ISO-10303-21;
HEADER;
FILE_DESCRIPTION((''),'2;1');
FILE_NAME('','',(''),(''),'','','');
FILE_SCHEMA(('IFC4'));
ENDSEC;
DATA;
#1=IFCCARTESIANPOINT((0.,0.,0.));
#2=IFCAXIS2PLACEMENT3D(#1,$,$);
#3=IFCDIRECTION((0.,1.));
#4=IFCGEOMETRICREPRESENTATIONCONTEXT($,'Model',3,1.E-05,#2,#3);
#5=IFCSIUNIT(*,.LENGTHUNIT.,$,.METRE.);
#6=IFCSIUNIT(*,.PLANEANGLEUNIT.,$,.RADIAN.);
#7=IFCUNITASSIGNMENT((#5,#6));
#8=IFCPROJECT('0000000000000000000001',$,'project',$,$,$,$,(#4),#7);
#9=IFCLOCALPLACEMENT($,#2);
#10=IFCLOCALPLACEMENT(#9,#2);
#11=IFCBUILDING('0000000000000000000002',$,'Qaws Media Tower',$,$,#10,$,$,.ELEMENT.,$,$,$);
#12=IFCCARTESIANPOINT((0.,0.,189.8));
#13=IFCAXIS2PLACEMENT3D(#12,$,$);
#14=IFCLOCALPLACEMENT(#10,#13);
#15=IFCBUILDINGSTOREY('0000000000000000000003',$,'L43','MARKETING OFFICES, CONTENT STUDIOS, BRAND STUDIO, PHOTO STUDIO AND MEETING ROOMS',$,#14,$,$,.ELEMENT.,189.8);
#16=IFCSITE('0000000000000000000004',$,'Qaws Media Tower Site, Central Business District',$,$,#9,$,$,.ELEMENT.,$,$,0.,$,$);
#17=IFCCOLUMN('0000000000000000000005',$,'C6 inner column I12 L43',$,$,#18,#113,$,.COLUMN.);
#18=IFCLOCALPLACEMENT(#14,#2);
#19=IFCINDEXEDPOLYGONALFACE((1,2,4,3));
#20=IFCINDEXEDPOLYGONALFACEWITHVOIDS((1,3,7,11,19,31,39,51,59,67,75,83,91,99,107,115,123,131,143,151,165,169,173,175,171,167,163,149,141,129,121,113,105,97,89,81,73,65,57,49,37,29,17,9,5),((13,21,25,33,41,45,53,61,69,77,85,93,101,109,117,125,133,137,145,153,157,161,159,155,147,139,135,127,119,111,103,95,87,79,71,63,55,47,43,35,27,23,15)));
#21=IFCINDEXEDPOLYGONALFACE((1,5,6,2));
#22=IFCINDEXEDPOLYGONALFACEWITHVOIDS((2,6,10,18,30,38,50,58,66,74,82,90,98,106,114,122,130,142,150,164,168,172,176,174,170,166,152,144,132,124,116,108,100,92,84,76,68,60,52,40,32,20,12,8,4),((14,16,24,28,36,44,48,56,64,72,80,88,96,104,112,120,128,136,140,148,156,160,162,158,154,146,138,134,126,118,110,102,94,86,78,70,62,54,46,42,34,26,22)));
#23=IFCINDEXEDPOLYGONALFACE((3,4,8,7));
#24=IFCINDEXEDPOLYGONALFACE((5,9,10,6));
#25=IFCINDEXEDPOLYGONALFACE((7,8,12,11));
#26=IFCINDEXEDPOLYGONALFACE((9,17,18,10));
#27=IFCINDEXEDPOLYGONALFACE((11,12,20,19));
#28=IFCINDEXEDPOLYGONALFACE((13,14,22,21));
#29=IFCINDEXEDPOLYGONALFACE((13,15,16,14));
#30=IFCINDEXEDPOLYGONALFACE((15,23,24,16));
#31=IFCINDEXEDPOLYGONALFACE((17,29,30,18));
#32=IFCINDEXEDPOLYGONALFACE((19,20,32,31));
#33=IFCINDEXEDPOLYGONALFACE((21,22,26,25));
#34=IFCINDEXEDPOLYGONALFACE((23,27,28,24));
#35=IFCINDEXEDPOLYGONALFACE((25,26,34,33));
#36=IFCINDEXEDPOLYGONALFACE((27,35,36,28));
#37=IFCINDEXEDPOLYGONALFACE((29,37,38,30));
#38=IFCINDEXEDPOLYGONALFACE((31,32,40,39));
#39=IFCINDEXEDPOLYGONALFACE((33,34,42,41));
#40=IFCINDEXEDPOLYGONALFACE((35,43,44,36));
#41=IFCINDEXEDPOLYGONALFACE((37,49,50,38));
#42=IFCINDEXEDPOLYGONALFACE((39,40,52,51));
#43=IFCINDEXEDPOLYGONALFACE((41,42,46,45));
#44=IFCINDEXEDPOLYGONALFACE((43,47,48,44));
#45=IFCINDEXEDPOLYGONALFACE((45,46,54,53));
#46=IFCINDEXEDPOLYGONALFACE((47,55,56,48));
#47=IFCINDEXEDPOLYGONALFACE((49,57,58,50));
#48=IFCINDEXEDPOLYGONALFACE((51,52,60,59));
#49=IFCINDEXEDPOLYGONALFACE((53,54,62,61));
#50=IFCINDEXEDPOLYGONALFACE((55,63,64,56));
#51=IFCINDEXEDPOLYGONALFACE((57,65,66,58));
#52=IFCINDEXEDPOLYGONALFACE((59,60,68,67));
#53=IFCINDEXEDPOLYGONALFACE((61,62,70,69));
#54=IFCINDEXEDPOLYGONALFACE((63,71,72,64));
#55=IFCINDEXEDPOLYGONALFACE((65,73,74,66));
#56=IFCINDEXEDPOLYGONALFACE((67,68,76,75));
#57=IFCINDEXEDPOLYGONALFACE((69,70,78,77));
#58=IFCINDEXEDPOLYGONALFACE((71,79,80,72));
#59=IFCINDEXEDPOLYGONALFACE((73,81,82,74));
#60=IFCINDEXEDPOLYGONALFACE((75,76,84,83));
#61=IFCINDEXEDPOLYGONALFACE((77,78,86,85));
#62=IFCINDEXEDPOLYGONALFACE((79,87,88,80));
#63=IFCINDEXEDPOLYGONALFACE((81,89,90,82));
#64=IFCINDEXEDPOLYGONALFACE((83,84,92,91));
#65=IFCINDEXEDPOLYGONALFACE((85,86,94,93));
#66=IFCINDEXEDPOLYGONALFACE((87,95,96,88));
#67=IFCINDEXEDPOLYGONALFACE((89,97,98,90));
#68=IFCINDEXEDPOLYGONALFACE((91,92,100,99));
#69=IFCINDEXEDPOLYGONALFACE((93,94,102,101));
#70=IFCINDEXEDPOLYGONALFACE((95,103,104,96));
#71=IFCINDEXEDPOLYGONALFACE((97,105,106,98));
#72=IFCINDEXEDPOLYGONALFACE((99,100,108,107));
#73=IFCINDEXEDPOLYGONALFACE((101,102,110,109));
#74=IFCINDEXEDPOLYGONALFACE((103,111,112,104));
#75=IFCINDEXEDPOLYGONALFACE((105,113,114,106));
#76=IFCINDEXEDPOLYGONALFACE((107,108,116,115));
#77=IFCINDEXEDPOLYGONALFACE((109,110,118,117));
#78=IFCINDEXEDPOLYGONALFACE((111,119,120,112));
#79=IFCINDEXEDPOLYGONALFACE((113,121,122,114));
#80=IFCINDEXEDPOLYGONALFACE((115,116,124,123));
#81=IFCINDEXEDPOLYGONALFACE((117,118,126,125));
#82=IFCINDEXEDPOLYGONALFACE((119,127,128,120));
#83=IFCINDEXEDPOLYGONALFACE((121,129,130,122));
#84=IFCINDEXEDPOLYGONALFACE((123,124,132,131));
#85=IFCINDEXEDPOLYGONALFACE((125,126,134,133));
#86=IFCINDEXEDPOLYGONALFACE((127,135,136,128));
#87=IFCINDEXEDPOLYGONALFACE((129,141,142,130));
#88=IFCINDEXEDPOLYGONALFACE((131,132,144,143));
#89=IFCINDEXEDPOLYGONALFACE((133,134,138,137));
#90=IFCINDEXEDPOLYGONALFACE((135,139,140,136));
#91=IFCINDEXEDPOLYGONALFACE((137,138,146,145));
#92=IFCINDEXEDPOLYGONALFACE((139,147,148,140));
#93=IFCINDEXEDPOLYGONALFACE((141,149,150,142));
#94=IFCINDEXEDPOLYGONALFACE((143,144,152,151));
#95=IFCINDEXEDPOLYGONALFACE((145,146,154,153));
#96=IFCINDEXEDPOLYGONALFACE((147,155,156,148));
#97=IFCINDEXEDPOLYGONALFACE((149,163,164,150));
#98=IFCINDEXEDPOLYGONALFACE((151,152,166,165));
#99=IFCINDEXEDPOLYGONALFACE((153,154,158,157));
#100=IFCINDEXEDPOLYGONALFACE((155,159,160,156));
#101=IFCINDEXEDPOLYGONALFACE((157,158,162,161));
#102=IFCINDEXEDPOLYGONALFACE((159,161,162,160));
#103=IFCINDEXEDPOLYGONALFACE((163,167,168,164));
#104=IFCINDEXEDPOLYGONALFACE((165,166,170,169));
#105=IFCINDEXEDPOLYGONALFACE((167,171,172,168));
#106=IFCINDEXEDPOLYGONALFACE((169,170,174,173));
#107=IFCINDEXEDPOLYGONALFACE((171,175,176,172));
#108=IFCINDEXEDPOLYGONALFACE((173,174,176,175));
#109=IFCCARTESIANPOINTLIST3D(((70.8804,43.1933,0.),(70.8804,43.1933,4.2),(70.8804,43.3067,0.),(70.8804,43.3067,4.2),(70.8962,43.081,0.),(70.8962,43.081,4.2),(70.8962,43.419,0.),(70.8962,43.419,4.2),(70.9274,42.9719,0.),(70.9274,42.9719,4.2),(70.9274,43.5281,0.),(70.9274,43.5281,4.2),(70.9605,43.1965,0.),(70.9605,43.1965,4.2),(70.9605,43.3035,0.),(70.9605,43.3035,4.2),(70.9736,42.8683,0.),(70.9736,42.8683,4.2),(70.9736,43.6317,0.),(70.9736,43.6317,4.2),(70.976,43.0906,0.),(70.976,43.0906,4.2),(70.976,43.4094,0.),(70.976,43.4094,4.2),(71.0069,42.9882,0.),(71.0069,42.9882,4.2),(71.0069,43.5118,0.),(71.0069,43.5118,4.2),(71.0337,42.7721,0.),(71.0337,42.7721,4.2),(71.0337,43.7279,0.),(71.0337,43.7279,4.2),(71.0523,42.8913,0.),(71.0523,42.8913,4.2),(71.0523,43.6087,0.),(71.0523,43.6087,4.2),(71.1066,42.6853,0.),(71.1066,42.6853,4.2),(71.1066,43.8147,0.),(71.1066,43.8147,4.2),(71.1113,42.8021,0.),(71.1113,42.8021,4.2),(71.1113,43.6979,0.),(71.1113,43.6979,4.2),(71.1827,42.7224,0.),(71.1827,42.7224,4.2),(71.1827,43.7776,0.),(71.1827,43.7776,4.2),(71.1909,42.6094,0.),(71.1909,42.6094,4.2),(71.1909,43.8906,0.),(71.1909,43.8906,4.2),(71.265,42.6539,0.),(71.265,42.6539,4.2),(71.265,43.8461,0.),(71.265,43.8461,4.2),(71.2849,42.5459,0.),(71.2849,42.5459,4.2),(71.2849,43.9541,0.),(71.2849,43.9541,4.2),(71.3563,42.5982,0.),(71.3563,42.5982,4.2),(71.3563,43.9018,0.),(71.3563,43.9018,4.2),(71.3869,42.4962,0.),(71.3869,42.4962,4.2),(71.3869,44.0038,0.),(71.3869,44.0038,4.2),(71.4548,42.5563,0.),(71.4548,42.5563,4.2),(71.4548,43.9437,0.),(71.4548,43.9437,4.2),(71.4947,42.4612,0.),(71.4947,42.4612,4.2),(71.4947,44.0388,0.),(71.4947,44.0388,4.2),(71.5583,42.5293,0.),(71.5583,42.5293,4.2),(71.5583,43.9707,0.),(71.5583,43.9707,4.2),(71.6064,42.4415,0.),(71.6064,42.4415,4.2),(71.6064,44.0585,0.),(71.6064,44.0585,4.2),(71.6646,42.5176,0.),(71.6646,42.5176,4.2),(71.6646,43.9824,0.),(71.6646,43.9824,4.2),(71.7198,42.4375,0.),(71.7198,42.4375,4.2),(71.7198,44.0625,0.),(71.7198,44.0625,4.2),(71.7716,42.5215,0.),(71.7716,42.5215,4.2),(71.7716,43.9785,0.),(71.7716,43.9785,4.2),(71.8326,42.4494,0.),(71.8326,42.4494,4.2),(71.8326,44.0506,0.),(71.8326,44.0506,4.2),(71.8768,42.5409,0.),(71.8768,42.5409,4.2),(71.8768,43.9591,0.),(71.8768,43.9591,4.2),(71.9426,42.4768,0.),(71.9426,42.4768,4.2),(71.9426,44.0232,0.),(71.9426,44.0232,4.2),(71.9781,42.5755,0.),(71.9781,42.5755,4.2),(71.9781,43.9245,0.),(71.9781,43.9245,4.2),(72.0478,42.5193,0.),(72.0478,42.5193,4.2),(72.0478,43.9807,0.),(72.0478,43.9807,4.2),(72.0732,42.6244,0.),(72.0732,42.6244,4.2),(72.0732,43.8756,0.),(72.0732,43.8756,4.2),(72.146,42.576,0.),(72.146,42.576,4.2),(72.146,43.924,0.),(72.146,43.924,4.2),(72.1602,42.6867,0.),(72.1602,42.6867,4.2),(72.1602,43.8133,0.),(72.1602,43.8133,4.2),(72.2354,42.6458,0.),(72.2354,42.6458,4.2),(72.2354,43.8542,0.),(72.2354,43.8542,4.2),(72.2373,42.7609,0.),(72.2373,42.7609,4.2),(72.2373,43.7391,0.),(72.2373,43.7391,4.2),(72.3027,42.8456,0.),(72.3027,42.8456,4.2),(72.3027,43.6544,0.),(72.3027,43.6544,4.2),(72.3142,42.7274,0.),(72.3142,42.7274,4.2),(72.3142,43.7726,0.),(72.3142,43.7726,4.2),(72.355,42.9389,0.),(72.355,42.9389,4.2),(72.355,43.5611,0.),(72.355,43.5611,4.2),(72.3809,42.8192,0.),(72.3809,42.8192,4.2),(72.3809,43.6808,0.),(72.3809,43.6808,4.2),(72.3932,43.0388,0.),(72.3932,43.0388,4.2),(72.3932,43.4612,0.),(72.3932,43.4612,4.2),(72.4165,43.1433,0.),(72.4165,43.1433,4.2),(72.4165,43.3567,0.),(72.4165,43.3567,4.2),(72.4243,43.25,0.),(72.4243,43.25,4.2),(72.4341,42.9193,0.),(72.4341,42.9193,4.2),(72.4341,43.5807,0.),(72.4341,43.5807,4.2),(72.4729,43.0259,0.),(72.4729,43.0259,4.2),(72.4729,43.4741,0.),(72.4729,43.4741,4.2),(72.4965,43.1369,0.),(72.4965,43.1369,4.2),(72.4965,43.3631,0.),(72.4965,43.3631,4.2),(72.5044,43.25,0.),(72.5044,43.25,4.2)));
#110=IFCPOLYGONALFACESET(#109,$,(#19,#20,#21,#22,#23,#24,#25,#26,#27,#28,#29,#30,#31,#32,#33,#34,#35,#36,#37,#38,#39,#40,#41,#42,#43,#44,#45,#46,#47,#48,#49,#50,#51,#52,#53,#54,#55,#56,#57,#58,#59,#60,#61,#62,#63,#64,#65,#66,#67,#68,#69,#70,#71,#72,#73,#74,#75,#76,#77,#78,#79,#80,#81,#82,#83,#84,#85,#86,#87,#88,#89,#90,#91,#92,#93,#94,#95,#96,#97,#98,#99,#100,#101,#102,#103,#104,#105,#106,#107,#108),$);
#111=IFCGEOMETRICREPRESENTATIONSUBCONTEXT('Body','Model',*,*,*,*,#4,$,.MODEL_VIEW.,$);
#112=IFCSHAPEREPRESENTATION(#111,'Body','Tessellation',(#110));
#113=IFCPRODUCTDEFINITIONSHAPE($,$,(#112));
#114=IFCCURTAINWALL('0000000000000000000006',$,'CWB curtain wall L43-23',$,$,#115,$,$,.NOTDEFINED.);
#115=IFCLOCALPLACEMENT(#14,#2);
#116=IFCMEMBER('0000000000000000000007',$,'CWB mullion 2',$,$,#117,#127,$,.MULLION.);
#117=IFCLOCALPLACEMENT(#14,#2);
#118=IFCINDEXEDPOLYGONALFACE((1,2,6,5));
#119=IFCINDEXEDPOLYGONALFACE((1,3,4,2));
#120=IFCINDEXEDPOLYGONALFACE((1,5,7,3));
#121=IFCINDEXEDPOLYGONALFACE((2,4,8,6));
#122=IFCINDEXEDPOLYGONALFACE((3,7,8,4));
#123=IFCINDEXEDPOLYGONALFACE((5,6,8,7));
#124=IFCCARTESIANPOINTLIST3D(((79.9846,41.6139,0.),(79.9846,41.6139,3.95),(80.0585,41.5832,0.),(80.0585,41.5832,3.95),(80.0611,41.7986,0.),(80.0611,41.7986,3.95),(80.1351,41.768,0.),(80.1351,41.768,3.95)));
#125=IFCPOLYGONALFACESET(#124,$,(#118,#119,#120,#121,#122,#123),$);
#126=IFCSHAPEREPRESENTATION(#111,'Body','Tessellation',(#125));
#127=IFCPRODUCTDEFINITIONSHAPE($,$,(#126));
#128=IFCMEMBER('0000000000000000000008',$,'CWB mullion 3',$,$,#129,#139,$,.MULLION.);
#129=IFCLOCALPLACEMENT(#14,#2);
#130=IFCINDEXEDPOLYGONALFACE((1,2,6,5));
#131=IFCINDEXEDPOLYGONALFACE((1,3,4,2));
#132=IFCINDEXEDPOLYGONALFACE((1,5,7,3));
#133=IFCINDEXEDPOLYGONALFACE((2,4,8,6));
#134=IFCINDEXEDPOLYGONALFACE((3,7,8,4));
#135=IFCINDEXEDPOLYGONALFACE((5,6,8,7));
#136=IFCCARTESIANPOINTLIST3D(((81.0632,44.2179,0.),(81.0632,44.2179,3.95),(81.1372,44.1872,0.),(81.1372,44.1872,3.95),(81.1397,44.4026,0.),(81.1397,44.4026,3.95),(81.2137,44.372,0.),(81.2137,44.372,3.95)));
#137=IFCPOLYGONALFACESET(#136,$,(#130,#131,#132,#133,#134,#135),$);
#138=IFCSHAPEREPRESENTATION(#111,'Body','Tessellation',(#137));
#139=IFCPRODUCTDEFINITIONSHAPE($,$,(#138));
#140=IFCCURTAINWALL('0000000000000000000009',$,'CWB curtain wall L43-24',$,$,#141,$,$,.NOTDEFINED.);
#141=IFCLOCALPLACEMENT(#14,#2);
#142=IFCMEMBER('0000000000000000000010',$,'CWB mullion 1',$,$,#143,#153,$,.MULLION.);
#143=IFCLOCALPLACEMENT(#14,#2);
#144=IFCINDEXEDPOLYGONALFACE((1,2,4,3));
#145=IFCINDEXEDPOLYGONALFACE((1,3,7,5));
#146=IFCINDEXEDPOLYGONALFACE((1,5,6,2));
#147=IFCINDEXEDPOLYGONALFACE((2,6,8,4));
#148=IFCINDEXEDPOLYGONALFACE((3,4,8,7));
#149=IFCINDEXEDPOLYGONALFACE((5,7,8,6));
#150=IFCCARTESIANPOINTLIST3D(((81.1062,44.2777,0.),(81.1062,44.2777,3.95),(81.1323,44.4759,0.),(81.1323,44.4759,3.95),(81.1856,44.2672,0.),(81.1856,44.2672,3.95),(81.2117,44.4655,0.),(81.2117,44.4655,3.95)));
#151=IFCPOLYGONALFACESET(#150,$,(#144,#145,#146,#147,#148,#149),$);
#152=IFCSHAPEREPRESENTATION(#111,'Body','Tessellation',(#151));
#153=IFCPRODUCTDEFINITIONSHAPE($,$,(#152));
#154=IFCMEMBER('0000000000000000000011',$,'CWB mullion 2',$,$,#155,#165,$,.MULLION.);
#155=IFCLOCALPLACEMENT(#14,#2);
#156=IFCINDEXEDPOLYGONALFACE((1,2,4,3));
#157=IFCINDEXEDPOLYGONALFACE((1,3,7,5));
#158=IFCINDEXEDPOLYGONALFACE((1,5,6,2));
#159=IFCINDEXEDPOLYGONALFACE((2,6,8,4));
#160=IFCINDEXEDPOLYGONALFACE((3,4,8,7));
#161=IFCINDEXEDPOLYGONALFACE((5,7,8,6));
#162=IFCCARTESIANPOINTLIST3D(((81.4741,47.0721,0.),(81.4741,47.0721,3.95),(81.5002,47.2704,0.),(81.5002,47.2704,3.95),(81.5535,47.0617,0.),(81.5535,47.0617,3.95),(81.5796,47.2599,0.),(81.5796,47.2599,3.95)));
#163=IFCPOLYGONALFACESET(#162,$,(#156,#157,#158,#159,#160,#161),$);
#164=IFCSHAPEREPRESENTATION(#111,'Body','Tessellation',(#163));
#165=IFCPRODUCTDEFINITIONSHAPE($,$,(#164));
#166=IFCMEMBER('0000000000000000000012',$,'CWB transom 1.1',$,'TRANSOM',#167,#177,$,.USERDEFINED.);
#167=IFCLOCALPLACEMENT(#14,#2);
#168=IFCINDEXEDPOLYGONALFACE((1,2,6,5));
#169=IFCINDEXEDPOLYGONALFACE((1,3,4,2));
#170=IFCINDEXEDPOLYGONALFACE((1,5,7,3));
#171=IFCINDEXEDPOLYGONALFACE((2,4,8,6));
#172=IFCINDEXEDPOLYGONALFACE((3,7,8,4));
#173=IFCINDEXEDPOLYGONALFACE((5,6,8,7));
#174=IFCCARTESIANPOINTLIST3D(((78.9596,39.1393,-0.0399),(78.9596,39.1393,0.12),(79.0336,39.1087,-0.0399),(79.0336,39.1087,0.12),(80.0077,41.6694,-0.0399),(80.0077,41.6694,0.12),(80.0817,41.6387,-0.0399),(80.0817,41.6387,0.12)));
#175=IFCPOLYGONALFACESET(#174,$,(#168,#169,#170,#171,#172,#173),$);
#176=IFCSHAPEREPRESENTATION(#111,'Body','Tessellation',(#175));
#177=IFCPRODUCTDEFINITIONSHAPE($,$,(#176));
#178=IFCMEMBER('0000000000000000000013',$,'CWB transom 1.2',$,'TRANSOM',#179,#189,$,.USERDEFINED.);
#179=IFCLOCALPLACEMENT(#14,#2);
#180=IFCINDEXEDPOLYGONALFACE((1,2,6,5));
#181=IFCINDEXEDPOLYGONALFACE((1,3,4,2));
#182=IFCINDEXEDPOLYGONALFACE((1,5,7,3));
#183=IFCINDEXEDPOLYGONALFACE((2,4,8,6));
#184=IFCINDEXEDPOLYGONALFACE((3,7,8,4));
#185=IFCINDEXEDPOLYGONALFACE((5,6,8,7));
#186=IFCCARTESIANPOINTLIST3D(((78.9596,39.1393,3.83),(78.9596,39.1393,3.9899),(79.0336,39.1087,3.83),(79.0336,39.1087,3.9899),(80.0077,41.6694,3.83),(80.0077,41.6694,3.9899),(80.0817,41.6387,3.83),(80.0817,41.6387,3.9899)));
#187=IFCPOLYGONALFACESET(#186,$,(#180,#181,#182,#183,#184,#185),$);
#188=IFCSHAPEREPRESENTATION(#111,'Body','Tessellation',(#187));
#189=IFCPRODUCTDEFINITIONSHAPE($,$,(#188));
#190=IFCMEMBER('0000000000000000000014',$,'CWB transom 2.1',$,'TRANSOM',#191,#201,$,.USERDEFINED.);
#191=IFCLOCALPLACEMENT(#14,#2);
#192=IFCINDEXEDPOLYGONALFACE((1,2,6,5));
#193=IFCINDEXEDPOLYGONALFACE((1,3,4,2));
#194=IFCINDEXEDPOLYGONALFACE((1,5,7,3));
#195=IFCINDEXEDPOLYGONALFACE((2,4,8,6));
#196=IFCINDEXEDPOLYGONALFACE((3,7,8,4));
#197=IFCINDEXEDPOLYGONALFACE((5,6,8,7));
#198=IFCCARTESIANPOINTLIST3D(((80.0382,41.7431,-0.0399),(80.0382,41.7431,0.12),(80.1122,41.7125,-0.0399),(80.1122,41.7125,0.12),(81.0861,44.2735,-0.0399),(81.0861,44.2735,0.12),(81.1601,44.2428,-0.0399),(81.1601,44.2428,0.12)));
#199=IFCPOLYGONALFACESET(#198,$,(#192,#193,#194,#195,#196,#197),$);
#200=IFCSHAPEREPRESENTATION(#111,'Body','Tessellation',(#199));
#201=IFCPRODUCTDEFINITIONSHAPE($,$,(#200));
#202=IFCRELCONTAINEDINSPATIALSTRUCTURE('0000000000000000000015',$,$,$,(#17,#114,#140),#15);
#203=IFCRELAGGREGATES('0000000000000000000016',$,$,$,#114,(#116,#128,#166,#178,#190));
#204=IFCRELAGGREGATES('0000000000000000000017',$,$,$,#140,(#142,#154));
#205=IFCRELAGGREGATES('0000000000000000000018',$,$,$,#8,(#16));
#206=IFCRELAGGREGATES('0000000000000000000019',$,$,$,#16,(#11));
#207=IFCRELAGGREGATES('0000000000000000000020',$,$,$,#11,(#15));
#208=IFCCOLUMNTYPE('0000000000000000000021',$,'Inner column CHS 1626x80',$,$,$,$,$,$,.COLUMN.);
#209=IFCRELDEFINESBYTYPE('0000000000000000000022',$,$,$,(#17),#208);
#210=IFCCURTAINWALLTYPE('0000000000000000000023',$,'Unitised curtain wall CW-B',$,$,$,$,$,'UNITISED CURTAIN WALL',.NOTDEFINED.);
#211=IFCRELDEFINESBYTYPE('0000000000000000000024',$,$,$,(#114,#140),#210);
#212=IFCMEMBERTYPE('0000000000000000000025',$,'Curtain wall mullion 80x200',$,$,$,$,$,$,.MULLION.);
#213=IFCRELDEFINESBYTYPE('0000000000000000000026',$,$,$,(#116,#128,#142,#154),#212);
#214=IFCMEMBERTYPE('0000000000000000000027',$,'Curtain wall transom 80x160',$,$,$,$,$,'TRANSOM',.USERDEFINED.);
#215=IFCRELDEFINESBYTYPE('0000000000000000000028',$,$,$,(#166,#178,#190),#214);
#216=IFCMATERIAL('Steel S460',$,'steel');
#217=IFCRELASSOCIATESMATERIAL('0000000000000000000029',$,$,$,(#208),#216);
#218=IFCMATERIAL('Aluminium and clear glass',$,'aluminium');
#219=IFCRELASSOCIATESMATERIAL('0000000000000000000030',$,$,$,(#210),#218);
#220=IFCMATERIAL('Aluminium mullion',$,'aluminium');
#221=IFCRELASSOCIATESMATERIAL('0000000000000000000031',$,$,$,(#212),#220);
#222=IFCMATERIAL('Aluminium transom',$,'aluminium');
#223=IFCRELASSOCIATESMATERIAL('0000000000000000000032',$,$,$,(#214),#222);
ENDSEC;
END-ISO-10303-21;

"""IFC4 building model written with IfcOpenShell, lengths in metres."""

from ifc_helpers import new_model, si_unit, direction, frame, origin, origin_2d, place, context, subcontext, project, spatial, rectangle, hollow_circle, extrude, material, material_profile, profile_set, type_object, element, aggregate, save


model = new_model("IFC4")

# Units and contexts
model_context = context("Model", 3, precision=1e-05, world=origin(), true_north=direction((0.0, 1.0)))
body_context = subcontext(model_context, "Body", "Model", "MODEL_VIEW")
ifc_project = project(units=[si_unit("LENGTHUNIT", "METRE"), si_unit("PLANEANGLEUNIT", "RADIAN")], contexts=[model_context])

# Site, building, storey
site_placement = place(None, origin())
site = spatial("IfcSite", under=ifc_project, at=site_placement, Name="Qaws Media Tower Site, Central Business District", CompositionType="ELEMENT", RefElevation=0.0)
building_placement = place(site_placement, origin())
building = spatial("IfcBuilding", under=site, at=building_placement, Name="Qaws Media Tower", CompositionType="ELEMENT")
storey_placement = place(building_placement, frame((0.0, 0.0, 189.8)))
storey = spatial("IfcBuildingStorey", under=building, at=storey_placement, Name="L43", Description="MARKETING OFFICES, CONTENT STUDIOS, BRAND STUDIO, PHOTO STUDIO AND MEETING ROOMS", CompositionType="ELEMENT", Elevation=189.8)

# Column
ifc_material_1 = material(Name="Steel S460", Category="steel")
ifc_material_profile_1 = material_profile(ifc_material_1, hollow_circle(Radius=0.813, WallThickness=0.0801, at=origin_2d()), Name="CHS 1626x80")
ifc_profile_set_1 = profile_set([ifc_material_profile_1], Name="Steel S460")
column_type = type_object("IfcColumnType", Name="Inner column CHS 1626x80", PredefinedType="COLUMN", material=ifc_profile_set_1)
column_placement = place(storey_placement, frame((71.6914, 43.25, 0.0), z_axis=(0.0, 0.0, 1.0), x_axis=(1.0, 0.0, 0.0)))
element("IfcColumn", 1, at=column_placement, inside=storey, type_object=column_type, Name="C6 inner column I12 L43", PredefinedType="COLUMN", context=body_context, shape_type="SweptSolid", body=[
    extrude(hollow_circle(Radius=0.813, WallThickness=0.0801, at=origin_2d()), origin(), (0.0, 0.0, 1.0), 4.2),
])

# Curtain walls, members
ifc_material_2 = material(Name="Aluminium and clear glass", Category="aluminium")
curtain_wall_type = type_object("IfcCurtainWallType", Name="Unitised curtain wall CW-B", ElementType="UNITISED CURTAIN WALL", PredefinedType="NOTDEFINED", material=ifc_material_2)
curtain_wall_1_placement = place(storey_placement, origin())
curtain_wall_1 = element("IfcCurtainWall", 2, at=curtain_wall_1_placement, inside=storey, type_object=curtain_wall_type, Name="CWB curtain wall L43-23", PredefinedType="NOTDEFINED")
ifc_material_3 = material(Name="Aluminium mullion", Category="aluminium")
ifc_material_profile_2 = material_profile(ifc_material_3, rectangle(XDim=0.0801, YDim=0.2, at=origin_2d()), Name="80x200")
ifc_profile_set_2 = profile_set([ifc_material_profile_2], Name="Aluminium mullion")
member_type_1 = type_object("IfcMemberType", Name="Curtain wall mullion 80x200", PredefinedType="MULLION", material=ifc_profile_set_2)
member_1_placement = place(storey_placement, frame((80.0598, 41.6909, 0.0), z_axis=(0.0, 0.0, 1.0), x_axis=(-0.923879, 0.382684, 0.0)))
member_1 = element("IfcMember", 3, at=member_1_placement, type_object=member_type_1, Name="CWB mullion 2", PredefinedType="MULLION", context=body_context, shape_type="SweptSolid", body=[
    extrude(rectangle(XDim=0.0801, YDim=0.2, at=origin_2d()), origin(), (0.0, 0.0, 1.0), 3.95),
])
member_2_placement = place(storey_placement, frame((81.1384, 44.2949, 0.0), z_axis=(0.0, 0.0, 1.0), x_axis=(-0.923879, 0.382684, 0.0)))
member_2 = element("IfcMember", 4, at=member_2_placement, type_object=member_type_1, Name="CWB mullion 3", PredefinedType="MULLION", context=body_context, shape_type="SweptSolid", body=[
    extrude(rectangle(XDim=0.0801, YDim=0.2, at=origin_2d()), origin(), (0.0, 0.0, 1.0), 3.95),
])
curtain_wall_2_placement = place(storey_placement, origin())
curtain_wall_2 = element("IfcCurtainWall", 5, at=curtain_wall_2_placement, inside=storey, type_object=curtain_wall_type, Name="CWB curtain wall L43-24", PredefinedType="NOTDEFINED")
member_3_placement = place(storey_placement, frame((81.1589, 44.3716, 0.0), z_axis=(0.0, 0.0, 1.0), x_axis=(-0.991445, 0.130526, 0.0)))
member_3 = element("IfcMember", 6, at=member_3_placement, type_object=member_type_1, Name="CWB mullion 1", PredefinedType="MULLION", context=body_context, shape_type="SweptSolid", body=[
    extrude(rectangle(XDim=0.0801, YDim=0.2, at=origin_2d()), origin(), (0.0, 0.0, 1.0), 3.95),
])
member_4_placement = place(storey_placement, frame((81.5269, 47.166, 0.0), z_axis=(0.0, 0.0, 1.0), x_axis=(-0.991445, 0.130526, 0.0)))
member_4 = element("IfcMember", 7, at=member_4_placement, type_object=member_type_1, Name="CWB mullion 2", PredefinedType="MULLION", context=body_context, shape_type="SweptSolid", body=[
    extrude(rectangle(XDim=0.0801, YDim=0.2, at=origin_2d()), origin(), (0.0, 0.0, 1.0), 3.95),
])

# Members
ifc_material_4 = material(Name="Aluminium transom", Category="aluminium")
ifc_material_profile_3 = material_profile(ifc_material_4, rectangle(XDim=0.0801, YDim=0.1599, at=origin_2d()), Name="80x160")
ifc_profile_set_3 = profile_set([ifc_material_profile_3], Name="Aluminium transom")
member_type_2 = type_object("IfcMemberType", Name="Curtain wall transom 80x160", ElementType="TRANSOM", PredefinedType="USERDEFINED", material=ifc_profile_set_3)
member_5_placement = place(storey_placement, frame((78.9966, 39.124, 0.04), z_axis=(0.382722, 0.923864, 0.0), x_axis=(-0.923864, 0.382722, 0.0)))
member_5 = element("IfcMember", 8, at=member_5_placement, type_object=member_type_2, Name="CWB transom 1.1", ObjectType="TRANSOM", PredefinedType="USERDEFINED", context=body_context, shape_type="SweptSolid", body=[
    extrude(rectangle(XDim=0.0801, YDim=0.1599, at=origin_2d()), origin(), (0.0, 0.0, 1.0), 2.7385),
])
member_6_placement = place(storey_placement, frame((78.9966, 39.124, 3.9099), z_axis=(0.382722, 0.923864, 0.0), x_axis=(-0.923864, 0.382722, 0.0)))
member_6 = element("IfcMember", 9, at=member_6_placement, type_object=member_type_2, Name="CWB transom 1.2", ObjectType="TRANSOM", PredefinedType="USERDEFINED", context=body_context, shape_type="SweptSolid", body=[
    extrude(rectangle(XDim=0.0801, YDim=0.1599, at=origin_2d()), origin(), (0.0, 0.0, 1.0), 2.7385),
])
member_7_placement = place(storey_placement, frame((80.0752, 41.7278, 0.04), z_axis=(0.382614, 0.923908, 0.0), x_axis=(-0.923908, 0.382614, 0.0)))
member_7 = element("IfcMember", 10, at=member_7_placement, type_object=member_type_2, Name="CWB transom 2.1", ObjectType="TRANSOM", PredefinedType="USERDEFINED", context=body_context, shape_type="SweptSolid", body=[
    extrude(rectangle(XDim=0.0801, YDim=0.1599, at=origin_2d()), origin(), (0.0, 0.0, 1.0), 2.7388),
])

aggregate(curtain_wall_1, [member_1, member_2, member_5, member_6, member_7])
aggregate(curtain_wall_2, [member_3, member_4])

save(model, "model.ifc")
